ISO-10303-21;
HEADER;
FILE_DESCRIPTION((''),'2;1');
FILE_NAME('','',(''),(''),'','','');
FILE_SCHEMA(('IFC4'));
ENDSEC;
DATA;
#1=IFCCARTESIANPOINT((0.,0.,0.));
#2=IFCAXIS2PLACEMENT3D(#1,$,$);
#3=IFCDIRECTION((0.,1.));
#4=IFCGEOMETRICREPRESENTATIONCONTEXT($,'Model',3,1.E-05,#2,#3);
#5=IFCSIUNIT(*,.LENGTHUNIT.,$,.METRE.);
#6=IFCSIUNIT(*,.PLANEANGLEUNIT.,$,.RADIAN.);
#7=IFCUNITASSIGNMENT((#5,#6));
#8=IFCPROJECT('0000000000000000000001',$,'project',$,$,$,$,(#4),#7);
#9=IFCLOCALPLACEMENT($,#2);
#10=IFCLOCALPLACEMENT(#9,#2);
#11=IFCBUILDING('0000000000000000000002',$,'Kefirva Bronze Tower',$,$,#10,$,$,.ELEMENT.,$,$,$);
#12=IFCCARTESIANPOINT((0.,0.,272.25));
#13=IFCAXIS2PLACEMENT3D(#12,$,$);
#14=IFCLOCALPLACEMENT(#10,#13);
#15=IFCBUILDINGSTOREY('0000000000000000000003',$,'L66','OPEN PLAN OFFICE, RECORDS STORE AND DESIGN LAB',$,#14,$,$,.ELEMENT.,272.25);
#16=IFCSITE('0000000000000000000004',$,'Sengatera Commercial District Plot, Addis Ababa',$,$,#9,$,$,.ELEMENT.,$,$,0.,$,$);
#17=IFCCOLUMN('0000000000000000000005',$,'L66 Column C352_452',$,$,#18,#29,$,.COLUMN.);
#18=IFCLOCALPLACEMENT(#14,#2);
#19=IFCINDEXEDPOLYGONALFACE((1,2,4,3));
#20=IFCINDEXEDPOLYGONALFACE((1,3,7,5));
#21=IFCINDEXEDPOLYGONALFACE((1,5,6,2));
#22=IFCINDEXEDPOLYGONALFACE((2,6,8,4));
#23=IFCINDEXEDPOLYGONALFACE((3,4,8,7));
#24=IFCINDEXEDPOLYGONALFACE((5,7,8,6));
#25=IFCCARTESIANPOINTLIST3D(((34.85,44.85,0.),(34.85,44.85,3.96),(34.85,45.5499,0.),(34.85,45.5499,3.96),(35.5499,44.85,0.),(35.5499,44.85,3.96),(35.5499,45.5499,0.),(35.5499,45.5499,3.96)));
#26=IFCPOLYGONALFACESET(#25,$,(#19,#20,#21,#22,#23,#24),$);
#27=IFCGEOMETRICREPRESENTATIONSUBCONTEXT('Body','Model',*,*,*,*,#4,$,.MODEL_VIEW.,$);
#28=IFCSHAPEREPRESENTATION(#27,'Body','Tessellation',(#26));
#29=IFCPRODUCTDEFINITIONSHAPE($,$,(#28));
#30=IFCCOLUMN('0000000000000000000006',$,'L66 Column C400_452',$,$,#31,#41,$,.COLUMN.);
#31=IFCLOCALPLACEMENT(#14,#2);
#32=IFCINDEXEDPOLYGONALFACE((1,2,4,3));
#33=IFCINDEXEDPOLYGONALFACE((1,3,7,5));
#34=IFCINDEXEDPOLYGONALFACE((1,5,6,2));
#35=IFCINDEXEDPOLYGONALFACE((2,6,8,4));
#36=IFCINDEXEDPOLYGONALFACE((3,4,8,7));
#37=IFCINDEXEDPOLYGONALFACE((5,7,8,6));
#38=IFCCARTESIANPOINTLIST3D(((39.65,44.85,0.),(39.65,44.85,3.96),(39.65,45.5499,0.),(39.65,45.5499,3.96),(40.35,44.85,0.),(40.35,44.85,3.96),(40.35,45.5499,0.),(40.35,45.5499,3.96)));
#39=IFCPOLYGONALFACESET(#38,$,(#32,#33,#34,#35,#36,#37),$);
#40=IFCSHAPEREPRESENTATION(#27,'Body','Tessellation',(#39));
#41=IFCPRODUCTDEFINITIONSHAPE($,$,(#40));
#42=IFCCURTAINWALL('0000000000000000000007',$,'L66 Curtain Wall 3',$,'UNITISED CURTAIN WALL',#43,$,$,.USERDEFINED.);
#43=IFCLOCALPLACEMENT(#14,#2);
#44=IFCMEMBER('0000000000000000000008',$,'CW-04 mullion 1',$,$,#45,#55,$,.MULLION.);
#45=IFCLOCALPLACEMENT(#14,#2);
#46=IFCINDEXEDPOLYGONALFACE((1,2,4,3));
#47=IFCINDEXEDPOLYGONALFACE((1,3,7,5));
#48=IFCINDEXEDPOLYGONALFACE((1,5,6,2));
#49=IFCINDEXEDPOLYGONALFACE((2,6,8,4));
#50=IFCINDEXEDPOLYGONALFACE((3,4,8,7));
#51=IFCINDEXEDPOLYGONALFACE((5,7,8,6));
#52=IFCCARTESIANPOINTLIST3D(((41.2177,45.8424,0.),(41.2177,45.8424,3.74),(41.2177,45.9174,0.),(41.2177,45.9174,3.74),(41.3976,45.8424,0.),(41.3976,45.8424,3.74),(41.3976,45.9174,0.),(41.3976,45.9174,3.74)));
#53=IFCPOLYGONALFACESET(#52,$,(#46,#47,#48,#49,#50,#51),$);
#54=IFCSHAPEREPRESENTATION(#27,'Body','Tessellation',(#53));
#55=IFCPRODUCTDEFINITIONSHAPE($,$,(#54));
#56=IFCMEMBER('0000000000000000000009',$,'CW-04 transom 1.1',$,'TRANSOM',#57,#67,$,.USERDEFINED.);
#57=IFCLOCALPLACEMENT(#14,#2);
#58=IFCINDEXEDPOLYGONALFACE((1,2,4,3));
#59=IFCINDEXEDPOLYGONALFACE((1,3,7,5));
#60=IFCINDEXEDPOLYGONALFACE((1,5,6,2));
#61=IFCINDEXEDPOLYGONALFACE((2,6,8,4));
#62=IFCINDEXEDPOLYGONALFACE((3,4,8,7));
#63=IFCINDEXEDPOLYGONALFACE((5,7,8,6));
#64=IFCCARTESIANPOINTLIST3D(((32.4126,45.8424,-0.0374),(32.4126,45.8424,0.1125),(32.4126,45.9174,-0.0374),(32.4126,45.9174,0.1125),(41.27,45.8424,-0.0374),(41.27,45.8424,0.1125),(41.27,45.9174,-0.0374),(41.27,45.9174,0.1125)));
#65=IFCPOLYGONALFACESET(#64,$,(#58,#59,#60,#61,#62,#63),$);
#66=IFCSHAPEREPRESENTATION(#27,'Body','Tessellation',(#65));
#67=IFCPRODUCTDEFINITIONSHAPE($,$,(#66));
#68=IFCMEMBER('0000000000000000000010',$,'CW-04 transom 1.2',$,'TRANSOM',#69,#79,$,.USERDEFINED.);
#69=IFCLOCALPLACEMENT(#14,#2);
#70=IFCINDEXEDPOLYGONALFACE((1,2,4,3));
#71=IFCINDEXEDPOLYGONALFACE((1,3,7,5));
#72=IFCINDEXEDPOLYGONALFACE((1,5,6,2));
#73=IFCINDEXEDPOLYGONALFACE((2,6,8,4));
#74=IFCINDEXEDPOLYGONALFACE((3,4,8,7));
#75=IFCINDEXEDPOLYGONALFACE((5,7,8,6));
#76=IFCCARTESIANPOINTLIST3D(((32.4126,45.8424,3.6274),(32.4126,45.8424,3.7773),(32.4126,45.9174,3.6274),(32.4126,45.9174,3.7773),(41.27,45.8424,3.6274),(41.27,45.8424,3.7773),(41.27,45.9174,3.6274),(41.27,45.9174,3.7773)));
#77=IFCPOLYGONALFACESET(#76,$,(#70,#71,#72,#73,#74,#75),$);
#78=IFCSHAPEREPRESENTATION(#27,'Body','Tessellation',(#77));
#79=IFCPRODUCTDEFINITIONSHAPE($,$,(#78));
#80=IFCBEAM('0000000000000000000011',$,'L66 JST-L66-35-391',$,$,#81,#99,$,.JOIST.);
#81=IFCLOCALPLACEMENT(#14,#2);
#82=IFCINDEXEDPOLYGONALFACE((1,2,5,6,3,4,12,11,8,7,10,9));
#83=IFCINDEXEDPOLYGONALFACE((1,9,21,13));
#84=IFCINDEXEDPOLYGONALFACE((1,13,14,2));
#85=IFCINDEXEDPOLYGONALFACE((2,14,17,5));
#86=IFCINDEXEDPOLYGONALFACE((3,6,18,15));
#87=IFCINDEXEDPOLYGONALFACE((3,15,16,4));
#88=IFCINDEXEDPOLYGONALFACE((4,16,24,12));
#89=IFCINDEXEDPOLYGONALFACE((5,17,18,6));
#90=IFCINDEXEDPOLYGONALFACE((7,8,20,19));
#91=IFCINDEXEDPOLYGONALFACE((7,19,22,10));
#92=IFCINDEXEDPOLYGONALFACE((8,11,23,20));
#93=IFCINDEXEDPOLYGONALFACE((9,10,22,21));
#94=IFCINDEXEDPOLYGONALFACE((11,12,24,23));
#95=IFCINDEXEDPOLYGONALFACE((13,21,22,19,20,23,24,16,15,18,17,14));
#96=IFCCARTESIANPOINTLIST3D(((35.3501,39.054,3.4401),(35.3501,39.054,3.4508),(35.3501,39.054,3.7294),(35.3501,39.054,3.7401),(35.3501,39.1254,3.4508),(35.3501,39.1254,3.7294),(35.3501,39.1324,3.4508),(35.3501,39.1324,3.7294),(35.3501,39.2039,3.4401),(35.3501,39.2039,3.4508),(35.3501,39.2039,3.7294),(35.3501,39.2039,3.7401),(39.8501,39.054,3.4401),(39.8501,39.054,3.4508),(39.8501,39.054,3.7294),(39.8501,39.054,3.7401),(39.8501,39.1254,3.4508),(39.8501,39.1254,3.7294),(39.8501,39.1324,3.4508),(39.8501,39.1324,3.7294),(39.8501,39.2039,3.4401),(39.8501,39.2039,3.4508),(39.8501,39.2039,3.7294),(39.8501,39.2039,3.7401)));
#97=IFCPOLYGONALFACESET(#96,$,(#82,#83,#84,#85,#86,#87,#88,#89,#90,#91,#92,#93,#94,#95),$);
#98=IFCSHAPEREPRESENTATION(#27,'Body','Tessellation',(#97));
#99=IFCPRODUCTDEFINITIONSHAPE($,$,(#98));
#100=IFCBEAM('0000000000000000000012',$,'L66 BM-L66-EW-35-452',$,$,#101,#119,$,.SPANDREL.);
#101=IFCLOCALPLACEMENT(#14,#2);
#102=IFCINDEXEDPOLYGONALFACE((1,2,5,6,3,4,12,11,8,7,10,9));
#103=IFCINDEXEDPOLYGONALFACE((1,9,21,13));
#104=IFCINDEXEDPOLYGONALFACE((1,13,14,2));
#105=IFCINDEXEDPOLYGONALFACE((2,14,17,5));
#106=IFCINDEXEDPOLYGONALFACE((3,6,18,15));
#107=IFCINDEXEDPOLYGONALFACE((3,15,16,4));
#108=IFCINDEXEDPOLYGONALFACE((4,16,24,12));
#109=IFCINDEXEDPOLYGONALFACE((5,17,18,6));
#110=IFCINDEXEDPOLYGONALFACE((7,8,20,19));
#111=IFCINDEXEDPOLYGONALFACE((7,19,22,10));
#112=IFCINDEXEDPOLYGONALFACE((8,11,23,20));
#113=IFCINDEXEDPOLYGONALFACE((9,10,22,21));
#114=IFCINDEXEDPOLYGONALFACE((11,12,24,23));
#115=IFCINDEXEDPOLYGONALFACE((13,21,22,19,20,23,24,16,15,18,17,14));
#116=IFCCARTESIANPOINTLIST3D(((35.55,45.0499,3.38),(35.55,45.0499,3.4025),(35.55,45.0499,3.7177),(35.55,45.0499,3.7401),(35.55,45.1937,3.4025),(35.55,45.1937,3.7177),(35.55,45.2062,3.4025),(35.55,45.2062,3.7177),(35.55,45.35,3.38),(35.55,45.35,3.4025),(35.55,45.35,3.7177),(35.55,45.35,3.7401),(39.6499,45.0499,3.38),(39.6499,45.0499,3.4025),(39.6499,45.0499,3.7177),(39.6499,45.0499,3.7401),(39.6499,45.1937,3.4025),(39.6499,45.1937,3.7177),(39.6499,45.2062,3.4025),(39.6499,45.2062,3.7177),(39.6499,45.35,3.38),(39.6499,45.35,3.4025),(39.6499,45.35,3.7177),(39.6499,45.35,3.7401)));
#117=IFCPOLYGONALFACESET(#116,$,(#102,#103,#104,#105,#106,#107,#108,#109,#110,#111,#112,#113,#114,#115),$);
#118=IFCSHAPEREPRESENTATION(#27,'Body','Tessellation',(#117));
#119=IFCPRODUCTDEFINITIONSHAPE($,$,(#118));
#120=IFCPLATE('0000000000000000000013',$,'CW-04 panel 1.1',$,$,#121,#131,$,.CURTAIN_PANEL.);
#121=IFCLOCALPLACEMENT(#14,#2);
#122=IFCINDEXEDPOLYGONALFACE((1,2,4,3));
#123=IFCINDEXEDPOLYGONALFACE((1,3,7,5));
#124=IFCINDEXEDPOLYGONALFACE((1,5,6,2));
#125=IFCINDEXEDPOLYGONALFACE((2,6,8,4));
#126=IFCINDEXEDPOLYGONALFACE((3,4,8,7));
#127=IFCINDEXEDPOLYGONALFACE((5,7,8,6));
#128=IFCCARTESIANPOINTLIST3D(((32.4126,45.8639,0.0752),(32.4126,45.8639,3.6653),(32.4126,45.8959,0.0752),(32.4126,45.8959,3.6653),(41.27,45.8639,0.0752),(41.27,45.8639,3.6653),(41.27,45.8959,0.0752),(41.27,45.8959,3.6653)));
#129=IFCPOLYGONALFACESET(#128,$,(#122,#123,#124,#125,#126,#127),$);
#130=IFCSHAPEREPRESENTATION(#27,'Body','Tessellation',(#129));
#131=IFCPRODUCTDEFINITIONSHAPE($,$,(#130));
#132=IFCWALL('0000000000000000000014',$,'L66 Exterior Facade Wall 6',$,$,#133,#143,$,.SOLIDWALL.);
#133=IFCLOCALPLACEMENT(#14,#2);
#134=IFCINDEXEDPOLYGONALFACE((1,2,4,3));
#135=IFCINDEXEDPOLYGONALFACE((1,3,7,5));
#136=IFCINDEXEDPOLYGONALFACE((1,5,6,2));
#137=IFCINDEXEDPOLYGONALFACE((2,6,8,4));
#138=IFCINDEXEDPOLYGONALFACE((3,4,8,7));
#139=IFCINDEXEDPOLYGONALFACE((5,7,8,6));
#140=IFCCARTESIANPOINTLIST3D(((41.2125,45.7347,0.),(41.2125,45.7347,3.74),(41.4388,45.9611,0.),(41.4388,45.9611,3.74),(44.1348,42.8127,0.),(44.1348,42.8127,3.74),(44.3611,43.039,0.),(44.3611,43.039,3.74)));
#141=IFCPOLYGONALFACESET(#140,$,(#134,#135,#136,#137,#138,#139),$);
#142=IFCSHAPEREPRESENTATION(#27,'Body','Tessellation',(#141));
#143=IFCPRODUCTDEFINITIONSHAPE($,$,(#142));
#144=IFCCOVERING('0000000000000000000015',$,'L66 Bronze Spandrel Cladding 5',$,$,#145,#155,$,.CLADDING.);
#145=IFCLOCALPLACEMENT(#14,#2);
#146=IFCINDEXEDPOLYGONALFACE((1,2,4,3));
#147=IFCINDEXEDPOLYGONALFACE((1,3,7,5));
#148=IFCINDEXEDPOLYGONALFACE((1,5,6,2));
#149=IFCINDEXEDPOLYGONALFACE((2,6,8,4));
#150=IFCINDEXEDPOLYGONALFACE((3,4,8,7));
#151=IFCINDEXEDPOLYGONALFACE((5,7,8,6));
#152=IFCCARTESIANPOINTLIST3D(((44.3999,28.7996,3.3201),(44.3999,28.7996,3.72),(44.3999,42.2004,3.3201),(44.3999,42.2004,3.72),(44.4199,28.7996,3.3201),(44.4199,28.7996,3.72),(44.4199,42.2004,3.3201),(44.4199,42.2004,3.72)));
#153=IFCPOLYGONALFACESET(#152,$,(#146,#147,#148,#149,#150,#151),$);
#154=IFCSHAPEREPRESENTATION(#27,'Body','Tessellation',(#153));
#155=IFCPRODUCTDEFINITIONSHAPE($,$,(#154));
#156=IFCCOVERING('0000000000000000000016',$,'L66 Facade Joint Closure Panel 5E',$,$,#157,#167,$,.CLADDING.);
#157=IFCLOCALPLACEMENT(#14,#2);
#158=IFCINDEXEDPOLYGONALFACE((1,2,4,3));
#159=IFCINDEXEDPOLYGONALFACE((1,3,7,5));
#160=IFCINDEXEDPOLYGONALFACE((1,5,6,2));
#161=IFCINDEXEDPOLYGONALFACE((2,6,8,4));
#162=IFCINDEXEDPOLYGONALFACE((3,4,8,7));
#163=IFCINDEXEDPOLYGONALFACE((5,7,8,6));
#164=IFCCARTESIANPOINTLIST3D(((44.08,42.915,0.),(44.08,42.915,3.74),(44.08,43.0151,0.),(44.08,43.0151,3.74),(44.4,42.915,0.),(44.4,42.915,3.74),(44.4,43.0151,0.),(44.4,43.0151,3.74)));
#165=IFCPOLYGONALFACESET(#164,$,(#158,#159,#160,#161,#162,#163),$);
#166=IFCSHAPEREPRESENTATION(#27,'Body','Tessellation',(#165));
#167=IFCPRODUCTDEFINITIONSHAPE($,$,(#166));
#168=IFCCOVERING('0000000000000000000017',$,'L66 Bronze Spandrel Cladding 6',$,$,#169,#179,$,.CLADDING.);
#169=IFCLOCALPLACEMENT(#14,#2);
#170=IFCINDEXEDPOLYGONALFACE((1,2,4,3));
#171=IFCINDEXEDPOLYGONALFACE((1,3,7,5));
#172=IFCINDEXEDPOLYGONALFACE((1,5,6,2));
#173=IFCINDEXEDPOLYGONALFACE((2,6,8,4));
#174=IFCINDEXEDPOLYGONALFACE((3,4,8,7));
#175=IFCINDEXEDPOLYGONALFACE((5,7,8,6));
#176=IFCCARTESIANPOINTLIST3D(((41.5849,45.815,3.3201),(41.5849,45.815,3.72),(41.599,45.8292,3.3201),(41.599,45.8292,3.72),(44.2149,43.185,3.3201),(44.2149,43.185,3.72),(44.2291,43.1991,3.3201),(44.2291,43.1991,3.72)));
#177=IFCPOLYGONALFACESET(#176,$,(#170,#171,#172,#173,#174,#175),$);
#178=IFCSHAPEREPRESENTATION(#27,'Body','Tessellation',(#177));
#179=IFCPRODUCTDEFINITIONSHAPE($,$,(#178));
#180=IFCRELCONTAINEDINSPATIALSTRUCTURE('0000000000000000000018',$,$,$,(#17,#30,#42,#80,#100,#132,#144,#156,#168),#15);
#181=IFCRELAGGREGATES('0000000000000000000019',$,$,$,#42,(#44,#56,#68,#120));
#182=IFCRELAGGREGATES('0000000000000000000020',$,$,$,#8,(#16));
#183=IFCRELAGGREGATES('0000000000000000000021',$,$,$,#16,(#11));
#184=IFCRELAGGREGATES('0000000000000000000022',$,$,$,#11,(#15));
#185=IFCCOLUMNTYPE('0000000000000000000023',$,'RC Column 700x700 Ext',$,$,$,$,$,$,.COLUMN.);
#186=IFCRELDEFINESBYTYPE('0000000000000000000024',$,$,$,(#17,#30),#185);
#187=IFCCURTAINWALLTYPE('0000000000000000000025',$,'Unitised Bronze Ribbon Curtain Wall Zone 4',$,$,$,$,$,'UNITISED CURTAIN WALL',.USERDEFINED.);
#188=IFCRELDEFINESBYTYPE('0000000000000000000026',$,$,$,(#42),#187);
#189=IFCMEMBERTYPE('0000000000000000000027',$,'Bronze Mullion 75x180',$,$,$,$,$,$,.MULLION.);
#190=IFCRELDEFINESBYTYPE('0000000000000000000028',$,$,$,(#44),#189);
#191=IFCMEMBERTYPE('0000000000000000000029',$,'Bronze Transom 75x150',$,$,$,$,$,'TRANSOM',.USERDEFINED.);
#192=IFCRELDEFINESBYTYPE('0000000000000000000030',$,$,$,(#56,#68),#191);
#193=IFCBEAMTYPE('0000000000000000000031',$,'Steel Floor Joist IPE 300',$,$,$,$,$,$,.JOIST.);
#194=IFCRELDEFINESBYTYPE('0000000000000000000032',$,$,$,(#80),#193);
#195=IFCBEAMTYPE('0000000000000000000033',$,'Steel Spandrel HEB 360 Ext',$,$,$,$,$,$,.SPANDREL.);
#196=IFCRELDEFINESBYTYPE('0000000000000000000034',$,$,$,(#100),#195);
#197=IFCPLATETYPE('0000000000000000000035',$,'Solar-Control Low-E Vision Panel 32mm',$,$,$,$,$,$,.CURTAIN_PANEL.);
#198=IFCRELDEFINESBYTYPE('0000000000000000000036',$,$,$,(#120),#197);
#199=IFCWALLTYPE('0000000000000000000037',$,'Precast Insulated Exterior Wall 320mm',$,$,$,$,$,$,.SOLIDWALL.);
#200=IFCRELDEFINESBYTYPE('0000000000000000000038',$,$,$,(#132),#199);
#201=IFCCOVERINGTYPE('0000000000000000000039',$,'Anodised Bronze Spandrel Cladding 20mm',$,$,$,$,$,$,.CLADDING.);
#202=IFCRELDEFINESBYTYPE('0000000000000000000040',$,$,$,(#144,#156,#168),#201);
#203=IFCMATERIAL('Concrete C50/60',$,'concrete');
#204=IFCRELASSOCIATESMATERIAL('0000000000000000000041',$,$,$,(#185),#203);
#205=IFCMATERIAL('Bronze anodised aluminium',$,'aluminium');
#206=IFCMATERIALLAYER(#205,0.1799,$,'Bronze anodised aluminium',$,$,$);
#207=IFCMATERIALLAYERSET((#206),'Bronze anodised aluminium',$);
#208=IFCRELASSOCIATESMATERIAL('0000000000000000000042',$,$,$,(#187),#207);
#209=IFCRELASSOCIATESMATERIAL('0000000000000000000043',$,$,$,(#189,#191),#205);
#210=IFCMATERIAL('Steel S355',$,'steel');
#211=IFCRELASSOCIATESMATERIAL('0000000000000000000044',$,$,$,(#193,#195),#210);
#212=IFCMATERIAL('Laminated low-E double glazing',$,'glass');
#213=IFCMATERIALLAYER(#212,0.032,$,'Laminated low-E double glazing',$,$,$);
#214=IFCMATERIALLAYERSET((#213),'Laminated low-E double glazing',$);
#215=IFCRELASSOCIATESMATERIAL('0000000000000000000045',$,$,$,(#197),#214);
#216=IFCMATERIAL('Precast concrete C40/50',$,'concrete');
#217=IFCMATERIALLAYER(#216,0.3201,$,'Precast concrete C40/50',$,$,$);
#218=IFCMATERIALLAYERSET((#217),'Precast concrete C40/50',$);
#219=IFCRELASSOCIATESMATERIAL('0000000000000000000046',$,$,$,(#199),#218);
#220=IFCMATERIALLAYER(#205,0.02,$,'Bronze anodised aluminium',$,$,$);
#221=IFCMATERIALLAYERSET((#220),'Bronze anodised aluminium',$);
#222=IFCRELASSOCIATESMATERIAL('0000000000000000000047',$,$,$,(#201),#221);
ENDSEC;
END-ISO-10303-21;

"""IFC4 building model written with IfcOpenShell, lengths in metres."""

from ifc_helpers import new_model, si_unit, direction, frame, frame_2d, origin, origin_2d, place, context, subcontext, project, spatial, rectangle, i_section, extrude, material, layer, layer_set, material_profile, profile_set, type_object, element, aggregate, save


model = new_model("IFC4")

# Units and contexts
model_context = context("Model", 3, precision=1e-05, world=origin(), true_north=direction((0.0, 1.0)))
body_context = subcontext(model_context, "Body", "Model", "MODEL_VIEW")
ifc_project = project(units=[si_unit("LENGTHUNIT", "METRE"), si_unit("PLANEANGLEUNIT", "RADIAN")], contexts=[model_context])

# Site, building, storey
site_placement = place(None, origin())
site = spatial("IfcSite", under=ifc_project, at=site_placement, Name="Sengatera Commercial District Plot, Addis Ababa", CompositionType="ELEMENT", RefElevation=0.0)
building_placement = place(site_placement, origin())
building = spatial("IfcBuilding", under=site, at=building_placement, Name="Kefirva Bronze Tower", CompositionType="ELEMENT")
storey_placement = place(building_placement, frame((0.0, 0.0, 272.25)))
storey = spatial("IfcBuildingStorey", under=building, at=storey_placement, Name="L66", Description="OPEN PLAN OFFICE, RECORDS STORE AND DESIGN LAB", CompositionType="ELEMENT", Elevation=272.25)

# Columns
ifc_material_1 = material(Name="Concrete C50/60", Category="concrete")
ifc_material_profile_1 = material_profile(ifc_material_1, rectangle(XDim=0.7, YDim=0.7, at=origin_2d()), Name="RC 700x700")
ifc_profile_set_1 = profile_set([ifc_material_profile_1], Name="Concrete C50/60")
column_type = type_object("IfcColumnType", Name="RC Column 700x700 Ext", PredefinedType="COLUMN", material=ifc_profile_set_1)
for number, where, z_axis, x_axis, name in (
    (1, (35.2, 45.2, 0.0), (0.0, 0.0, 1.0), (1.0, 0.0, 0.0), "L66 Column C352_452"),
    (2, (40.0, 45.2, 0.0), (0.0, 0.0, 1.0), (1.0, 0.0, 0.0), "L66 Column C400_452"),
):
    element("IfcColumn", number, at=place(storey_placement, frame(where, z_axis=z_axis, x_axis=x_axis)), inside=storey, type_object=column_type, Name=name, PredefinedType="COLUMN", context=body_context, shape_type="SweptSolid", body=[
        extrude(rectangle(XDim=0.7, YDim=0.7, at=origin_2d()), origin(), (0.0, 0.0, 1.0), 3.96),
    ])

# Curtain wall, members
ifc_material_2 = material(Name="Bronze anodised aluminium", Category="aluminium")
ifc_layer_1 = layer(ifc_material_2, 0.1799, Name="Bronze anodised aluminium")
ifc_layer_set_1 = layer_set([ifc_layer_1], Name="Bronze anodised aluminium")
curtain_wall_type = type_object("IfcCurtainWallType", Name="Unitised Bronze Ribbon Curtain Wall Zone 4", ElementType="UNITISED CURTAIN WALL", PredefinedType="USERDEFINED", material=ifc_layer_set_1)
curtain_wall_placement = place(storey_placement, origin())
curtain_wall = element("IfcCurtainWall", 3, at=curtain_wall_placement, inside=storey, type_object=curtain_wall_type, Name="L66 Curtain Wall 3", ObjectType="UNITISED CURTAIN WALL", PredefinedType="USERDEFINED")
ifc_material_profile_2 = material_profile(ifc_material_2, rectangle(XDim=0.075, YDim=0.1799, at=origin_2d()), Name="ALU 75x180")
ifc_profile_set_2 = profile_set([ifc_material_profile_2], Name="Bronze anodised aluminium")
member_type_1 = type_object("IfcMemberType", Name="Bronze Mullion 75x180", PredefinedType="MULLION", material=ifc_profile_set_2)
member_1_placement = place(storey_placement, frame((41.3076, 45.8799, 0.0), z_axis=(0.0, 0.0, 1.0), x_axis=(0.0, -1.0, 0.0)))
member_1 = element("IfcMember", 4, at=member_1_placement, type_object=member_type_1, Name="CW-04 mullion 1", PredefinedType="MULLION", context=body_context, shape_type="SweptSolid", body=[
    extrude(rectangle(XDim=0.075, YDim=0.1799, at=origin_2d()), origin(), (0.0, 0.0, 1.0), 3.74),
])
ifc_material_profile_3 = material_profile(ifc_material_2, rectangle(XDim=0.075, YDim=0.1499, at=origin_2d()), Name="ALU 75x150")
ifc_profile_set_3 = profile_set([ifc_material_profile_3], Name="Bronze anodised aluminium")
member_type_2 = type_object("IfcMemberType", Name="Bronze Transom 75x150", ElementType="TRANSOM", PredefinedType="USERDEFINED", material=ifc_profile_set_3)
member_2_placement = place(storey_placement, frame((41.27, 45.8799, 0.0376), z_axis=(-1.0, 0.0, 0.0), x_axis=(0.0, -1.0, 0.0)))
member_2 = element("IfcMember", 5, at=member_2_placement, type_object=member_type_2, Name="CW-04 transom 1.1", ObjectType="TRANSOM", PredefinedType="USERDEFINED", context=body_context, shape_type="SweptSolid", body=[
    extrude(rectangle(XDim=0.075, YDim=0.1499, at=origin_2d()), origin(), (0.0, 0.0, 1.0), 8.8574),
])
member_3_placement = place(storey_placement, frame((41.27, 45.8799, 3.7024), z_axis=(-1.0, 0.0, 0.0), x_axis=(0.0, -1.0, 0.0)))
member_3 = element("IfcMember", 6, at=member_3_placement, type_object=member_type_2, Name="CW-04 transom 1.2", ObjectType="TRANSOM", PredefinedType="USERDEFINED", context=body_context, shape_type="SweptSolid", body=[
    extrude(rectangle(XDim=0.075, YDim=0.1499, at=origin_2d()), origin(), (0.0, 0.0, 1.0), 8.8574),
])

# Beams
ifc_material_3 = material(Name="Steel S355", Category="steel")
ifc_material_profile_4 = material_profile(ifc_material_3, i_section(OverallWidth=0.1499, OverallDepth=0.3, WebThickness=0.0071, FlangeThickness=0.0107, at=origin_2d()), Name="IPE 300")
ifc_profile_set_4 = profile_set([ifc_material_profile_4], Name="Steel S355")
beam_type_1 = type_object("IfcBeamType", Name="Steel Floor Joist IPE 300", PredefinedType="JOIST", material=ifc_profile_set_4)
beam_1_placement = place(storey_placement, frame((35.3501, 39.1289, 3.5901), z_axis=(1.0, 0.0, 0.0), x_axis=(0.0, 1.0, 0.0)))
element("IfcBeam", 7, at=beam_1_placement, inside=storey, type_object=beam_type_1, Name="L66 JST-L66-35-391", PredefinedType="JOIST", context=body_context, shape_type="SweptSolid", body=[
    extrude(i_section(OverallWidth=0.1499, OverallDepth=0.3, WebThickness=0.0071, FlangeThickness=0.0107, at=origin_2d()), origin(), (0.0, 0.0, 1.0), 4.5),
])
ifc_material_profile_5 = material_profile(ifc_material_3, i_section(OverallWidth=0.3, OverallDepth=0.3601, WebThickness=0.0125, FlangeThickness=0.0225, at=origin_2d()), Name="HEB 360")
ifc_profile_set_5 = profile_set([ifc_material_profile_5], Name="Steel S355")
beam_type_2 = type_object("IfcBeamType", Name="Steel Spandrel HEB 360 Ext", PredefinedType="SPANDREL", material=ifc_profile_set_5)
beam_2_placement = place(storey_placement, frame((35.55, 45.2, 3.5601), z_axis=(1.0, 0.0, 0.0), x_axis=(0.0, 1.0, 0.0)))
element("IfcBeam", 8, at=beam_2_placement, inside=storey, type_object=beam_type_2, Name="L66 BM-L66-EW-35-452", PredefinedType="SPANDREL", context=body_context, shape_type="SweptSolid", body=[
    extrude(i_section(OverallWidth=0.3, OverallDepth=0.3601, WebThickness=0.0125, FlangeThickness=0.0225, at=origin_2d()), origin(), (0.0, 0.0, 1.0), 4.0999),
])

# Plate
ifc_material_4 = material(Name="Laminated low-E double glazing", Category="glass")
ifc_layer_2 = layer(ifc_material_4, 0.032, Name="Laminated low-E double glazing")
ifc_layer_set_2 = layer_set([ifc_layer_2], Name="Laminated low-E double glazing")
plate_type = type_object("IfcPlateType", Name="Solar-Control Low-E Vision Panel 32mm", PredefinedType="CURTAIN_PANEL", material=ifc_layer_set_2)
plate_placement = place(storey_placement, frame((36.8413, 45.8799, 0.0752), z_axis=(0.0, 0.0, 1.0), x_axis=(-1.0, 0.0, 0.0)))
plate = element("IfcPlate", 9, at=plate_placement, type_object=plate_type, Name="CW-04 panel 1.1", PredefinedType="CURTAIN_PANEL", context=body_context, shape_type="SweptSolid", body=[
    extrude(rectangle(XDim=8.8574, YDim=0.032, at=origin_2d()), origin(), (0.0, 0.0, 1.0), 3.5901),
])
aggregate(curtain_wall, [member_1, member_2, member_3, plate])

# Wall
ifc_material_5 = material(Name="Precast concrete C40/50", Category="concrete")
ifc_layer_3 = layer(ifc_material_5, 0.3201, Name="Precast concrete C40/50")
ifc_layer_set_3 = layer_set([ifc_layer_3], Name="Precast concrete C40/50")
wall_type = type_object("IfcWallType", Name="Precast Insulated Exterior Wall 320mm", PredefinedType="SOLIDWALL", material=ifc_layer_set_3)
wall_placement = place(storey_placement, frame((44.248, 42.9258, 0.0), z_axis=(0.0, 0.0, 1.0), x_axis=(-0.707136, 0.707077, 0.0)))
element("IfcWall", 10, at=wall_placement, inside=storey, type_object=wall_type, Name="L66 Exterior Facade Wall 6", PredefinedType="SOLIDWALL", context=body_context, shape_type="SweptSolid", body=[
    extrude(rectangle(XDim=4.1326, YDim=0.3201, at=frame_2d((2.0664, 0.0))), origin(), (0.0, 0.0, 1.0), 3.74),
])

# Coverings
ifc_layer_4 = layer(ifc_material_2, 0.02, Name="Bronze anodised aluminium")
ifc_layer_set_4 = layer_set([ifc_layer_4], Name="Bronze anodised aluminium")
covering_type_1 = type_object("IfcCoveringType", Name="Anodised Bronze Spandrel Cladding 20mm", PredefinedType="CLADDING", material=ifc_layer_set_4)
covering_1_placement = place(storey_placement, frame((44.4099, 35.5, 3.3201), z_axis=(0.0, 0.0, 1.0), x_axis=(0.0, 1.0, 0.0)))
element("IfcCovering", 11, at=covering_1_placement, inside=storey, type_object=covering_type_1, Name="L66 Bronze Spandrel Cladding 5", PredefinedType="CLADDING", context=body_context, shape_type="SweptSolid", body=[
    extrude(rectangle(XDim=13.4009, YDim=0.02, at=origin_2d()), origin(), (0.0, 0.0, 1.0), 0.3999),
])
covering_2_placement = place(storey_placement, frame((44.24, 42.9651, 0.0), z_axis=(0.0, 0.0, 1.0), x_axis=(0.0, 1.0, 0.0)))
element("IfcCovering", 12, at=covering_2_placement, inside=storey, type_object=covering_type_1, Name="L66 Facade Joint Closure Panel 5E", PredefinedType="CLADDING", context=body_context, shape_type="SweptSolid", body=[
    extrude(rectangle(XDim=0.1001, YDim=0.3201, at=origin_2d()), origin(), (0.0, 0.0, 1.0), 3.74),
])
covering_3_placement = place(storey_placement, frame((42.907, 44.5071, 3.3201), z_axis=(0.0, 0.0, 1.0), x_axis=(-0.707107, 0.707107, 0.0)))
element("IfcCovering", 13, at=covering_3_placement, inside=storey, type_object=covering_type_1, Name="L66 Bronze Spandrel Cladding 6", PredefinedType="CLADDING", context=body_context, shape_type="SweptSolid", body=[
    extrude(rectangle(XDim=3.7195, YDim=0.02, at=origin_2d()), origin(), (0.0, 0.0, 1.0), 0.3999),
])

save(model, "model.ifc")
